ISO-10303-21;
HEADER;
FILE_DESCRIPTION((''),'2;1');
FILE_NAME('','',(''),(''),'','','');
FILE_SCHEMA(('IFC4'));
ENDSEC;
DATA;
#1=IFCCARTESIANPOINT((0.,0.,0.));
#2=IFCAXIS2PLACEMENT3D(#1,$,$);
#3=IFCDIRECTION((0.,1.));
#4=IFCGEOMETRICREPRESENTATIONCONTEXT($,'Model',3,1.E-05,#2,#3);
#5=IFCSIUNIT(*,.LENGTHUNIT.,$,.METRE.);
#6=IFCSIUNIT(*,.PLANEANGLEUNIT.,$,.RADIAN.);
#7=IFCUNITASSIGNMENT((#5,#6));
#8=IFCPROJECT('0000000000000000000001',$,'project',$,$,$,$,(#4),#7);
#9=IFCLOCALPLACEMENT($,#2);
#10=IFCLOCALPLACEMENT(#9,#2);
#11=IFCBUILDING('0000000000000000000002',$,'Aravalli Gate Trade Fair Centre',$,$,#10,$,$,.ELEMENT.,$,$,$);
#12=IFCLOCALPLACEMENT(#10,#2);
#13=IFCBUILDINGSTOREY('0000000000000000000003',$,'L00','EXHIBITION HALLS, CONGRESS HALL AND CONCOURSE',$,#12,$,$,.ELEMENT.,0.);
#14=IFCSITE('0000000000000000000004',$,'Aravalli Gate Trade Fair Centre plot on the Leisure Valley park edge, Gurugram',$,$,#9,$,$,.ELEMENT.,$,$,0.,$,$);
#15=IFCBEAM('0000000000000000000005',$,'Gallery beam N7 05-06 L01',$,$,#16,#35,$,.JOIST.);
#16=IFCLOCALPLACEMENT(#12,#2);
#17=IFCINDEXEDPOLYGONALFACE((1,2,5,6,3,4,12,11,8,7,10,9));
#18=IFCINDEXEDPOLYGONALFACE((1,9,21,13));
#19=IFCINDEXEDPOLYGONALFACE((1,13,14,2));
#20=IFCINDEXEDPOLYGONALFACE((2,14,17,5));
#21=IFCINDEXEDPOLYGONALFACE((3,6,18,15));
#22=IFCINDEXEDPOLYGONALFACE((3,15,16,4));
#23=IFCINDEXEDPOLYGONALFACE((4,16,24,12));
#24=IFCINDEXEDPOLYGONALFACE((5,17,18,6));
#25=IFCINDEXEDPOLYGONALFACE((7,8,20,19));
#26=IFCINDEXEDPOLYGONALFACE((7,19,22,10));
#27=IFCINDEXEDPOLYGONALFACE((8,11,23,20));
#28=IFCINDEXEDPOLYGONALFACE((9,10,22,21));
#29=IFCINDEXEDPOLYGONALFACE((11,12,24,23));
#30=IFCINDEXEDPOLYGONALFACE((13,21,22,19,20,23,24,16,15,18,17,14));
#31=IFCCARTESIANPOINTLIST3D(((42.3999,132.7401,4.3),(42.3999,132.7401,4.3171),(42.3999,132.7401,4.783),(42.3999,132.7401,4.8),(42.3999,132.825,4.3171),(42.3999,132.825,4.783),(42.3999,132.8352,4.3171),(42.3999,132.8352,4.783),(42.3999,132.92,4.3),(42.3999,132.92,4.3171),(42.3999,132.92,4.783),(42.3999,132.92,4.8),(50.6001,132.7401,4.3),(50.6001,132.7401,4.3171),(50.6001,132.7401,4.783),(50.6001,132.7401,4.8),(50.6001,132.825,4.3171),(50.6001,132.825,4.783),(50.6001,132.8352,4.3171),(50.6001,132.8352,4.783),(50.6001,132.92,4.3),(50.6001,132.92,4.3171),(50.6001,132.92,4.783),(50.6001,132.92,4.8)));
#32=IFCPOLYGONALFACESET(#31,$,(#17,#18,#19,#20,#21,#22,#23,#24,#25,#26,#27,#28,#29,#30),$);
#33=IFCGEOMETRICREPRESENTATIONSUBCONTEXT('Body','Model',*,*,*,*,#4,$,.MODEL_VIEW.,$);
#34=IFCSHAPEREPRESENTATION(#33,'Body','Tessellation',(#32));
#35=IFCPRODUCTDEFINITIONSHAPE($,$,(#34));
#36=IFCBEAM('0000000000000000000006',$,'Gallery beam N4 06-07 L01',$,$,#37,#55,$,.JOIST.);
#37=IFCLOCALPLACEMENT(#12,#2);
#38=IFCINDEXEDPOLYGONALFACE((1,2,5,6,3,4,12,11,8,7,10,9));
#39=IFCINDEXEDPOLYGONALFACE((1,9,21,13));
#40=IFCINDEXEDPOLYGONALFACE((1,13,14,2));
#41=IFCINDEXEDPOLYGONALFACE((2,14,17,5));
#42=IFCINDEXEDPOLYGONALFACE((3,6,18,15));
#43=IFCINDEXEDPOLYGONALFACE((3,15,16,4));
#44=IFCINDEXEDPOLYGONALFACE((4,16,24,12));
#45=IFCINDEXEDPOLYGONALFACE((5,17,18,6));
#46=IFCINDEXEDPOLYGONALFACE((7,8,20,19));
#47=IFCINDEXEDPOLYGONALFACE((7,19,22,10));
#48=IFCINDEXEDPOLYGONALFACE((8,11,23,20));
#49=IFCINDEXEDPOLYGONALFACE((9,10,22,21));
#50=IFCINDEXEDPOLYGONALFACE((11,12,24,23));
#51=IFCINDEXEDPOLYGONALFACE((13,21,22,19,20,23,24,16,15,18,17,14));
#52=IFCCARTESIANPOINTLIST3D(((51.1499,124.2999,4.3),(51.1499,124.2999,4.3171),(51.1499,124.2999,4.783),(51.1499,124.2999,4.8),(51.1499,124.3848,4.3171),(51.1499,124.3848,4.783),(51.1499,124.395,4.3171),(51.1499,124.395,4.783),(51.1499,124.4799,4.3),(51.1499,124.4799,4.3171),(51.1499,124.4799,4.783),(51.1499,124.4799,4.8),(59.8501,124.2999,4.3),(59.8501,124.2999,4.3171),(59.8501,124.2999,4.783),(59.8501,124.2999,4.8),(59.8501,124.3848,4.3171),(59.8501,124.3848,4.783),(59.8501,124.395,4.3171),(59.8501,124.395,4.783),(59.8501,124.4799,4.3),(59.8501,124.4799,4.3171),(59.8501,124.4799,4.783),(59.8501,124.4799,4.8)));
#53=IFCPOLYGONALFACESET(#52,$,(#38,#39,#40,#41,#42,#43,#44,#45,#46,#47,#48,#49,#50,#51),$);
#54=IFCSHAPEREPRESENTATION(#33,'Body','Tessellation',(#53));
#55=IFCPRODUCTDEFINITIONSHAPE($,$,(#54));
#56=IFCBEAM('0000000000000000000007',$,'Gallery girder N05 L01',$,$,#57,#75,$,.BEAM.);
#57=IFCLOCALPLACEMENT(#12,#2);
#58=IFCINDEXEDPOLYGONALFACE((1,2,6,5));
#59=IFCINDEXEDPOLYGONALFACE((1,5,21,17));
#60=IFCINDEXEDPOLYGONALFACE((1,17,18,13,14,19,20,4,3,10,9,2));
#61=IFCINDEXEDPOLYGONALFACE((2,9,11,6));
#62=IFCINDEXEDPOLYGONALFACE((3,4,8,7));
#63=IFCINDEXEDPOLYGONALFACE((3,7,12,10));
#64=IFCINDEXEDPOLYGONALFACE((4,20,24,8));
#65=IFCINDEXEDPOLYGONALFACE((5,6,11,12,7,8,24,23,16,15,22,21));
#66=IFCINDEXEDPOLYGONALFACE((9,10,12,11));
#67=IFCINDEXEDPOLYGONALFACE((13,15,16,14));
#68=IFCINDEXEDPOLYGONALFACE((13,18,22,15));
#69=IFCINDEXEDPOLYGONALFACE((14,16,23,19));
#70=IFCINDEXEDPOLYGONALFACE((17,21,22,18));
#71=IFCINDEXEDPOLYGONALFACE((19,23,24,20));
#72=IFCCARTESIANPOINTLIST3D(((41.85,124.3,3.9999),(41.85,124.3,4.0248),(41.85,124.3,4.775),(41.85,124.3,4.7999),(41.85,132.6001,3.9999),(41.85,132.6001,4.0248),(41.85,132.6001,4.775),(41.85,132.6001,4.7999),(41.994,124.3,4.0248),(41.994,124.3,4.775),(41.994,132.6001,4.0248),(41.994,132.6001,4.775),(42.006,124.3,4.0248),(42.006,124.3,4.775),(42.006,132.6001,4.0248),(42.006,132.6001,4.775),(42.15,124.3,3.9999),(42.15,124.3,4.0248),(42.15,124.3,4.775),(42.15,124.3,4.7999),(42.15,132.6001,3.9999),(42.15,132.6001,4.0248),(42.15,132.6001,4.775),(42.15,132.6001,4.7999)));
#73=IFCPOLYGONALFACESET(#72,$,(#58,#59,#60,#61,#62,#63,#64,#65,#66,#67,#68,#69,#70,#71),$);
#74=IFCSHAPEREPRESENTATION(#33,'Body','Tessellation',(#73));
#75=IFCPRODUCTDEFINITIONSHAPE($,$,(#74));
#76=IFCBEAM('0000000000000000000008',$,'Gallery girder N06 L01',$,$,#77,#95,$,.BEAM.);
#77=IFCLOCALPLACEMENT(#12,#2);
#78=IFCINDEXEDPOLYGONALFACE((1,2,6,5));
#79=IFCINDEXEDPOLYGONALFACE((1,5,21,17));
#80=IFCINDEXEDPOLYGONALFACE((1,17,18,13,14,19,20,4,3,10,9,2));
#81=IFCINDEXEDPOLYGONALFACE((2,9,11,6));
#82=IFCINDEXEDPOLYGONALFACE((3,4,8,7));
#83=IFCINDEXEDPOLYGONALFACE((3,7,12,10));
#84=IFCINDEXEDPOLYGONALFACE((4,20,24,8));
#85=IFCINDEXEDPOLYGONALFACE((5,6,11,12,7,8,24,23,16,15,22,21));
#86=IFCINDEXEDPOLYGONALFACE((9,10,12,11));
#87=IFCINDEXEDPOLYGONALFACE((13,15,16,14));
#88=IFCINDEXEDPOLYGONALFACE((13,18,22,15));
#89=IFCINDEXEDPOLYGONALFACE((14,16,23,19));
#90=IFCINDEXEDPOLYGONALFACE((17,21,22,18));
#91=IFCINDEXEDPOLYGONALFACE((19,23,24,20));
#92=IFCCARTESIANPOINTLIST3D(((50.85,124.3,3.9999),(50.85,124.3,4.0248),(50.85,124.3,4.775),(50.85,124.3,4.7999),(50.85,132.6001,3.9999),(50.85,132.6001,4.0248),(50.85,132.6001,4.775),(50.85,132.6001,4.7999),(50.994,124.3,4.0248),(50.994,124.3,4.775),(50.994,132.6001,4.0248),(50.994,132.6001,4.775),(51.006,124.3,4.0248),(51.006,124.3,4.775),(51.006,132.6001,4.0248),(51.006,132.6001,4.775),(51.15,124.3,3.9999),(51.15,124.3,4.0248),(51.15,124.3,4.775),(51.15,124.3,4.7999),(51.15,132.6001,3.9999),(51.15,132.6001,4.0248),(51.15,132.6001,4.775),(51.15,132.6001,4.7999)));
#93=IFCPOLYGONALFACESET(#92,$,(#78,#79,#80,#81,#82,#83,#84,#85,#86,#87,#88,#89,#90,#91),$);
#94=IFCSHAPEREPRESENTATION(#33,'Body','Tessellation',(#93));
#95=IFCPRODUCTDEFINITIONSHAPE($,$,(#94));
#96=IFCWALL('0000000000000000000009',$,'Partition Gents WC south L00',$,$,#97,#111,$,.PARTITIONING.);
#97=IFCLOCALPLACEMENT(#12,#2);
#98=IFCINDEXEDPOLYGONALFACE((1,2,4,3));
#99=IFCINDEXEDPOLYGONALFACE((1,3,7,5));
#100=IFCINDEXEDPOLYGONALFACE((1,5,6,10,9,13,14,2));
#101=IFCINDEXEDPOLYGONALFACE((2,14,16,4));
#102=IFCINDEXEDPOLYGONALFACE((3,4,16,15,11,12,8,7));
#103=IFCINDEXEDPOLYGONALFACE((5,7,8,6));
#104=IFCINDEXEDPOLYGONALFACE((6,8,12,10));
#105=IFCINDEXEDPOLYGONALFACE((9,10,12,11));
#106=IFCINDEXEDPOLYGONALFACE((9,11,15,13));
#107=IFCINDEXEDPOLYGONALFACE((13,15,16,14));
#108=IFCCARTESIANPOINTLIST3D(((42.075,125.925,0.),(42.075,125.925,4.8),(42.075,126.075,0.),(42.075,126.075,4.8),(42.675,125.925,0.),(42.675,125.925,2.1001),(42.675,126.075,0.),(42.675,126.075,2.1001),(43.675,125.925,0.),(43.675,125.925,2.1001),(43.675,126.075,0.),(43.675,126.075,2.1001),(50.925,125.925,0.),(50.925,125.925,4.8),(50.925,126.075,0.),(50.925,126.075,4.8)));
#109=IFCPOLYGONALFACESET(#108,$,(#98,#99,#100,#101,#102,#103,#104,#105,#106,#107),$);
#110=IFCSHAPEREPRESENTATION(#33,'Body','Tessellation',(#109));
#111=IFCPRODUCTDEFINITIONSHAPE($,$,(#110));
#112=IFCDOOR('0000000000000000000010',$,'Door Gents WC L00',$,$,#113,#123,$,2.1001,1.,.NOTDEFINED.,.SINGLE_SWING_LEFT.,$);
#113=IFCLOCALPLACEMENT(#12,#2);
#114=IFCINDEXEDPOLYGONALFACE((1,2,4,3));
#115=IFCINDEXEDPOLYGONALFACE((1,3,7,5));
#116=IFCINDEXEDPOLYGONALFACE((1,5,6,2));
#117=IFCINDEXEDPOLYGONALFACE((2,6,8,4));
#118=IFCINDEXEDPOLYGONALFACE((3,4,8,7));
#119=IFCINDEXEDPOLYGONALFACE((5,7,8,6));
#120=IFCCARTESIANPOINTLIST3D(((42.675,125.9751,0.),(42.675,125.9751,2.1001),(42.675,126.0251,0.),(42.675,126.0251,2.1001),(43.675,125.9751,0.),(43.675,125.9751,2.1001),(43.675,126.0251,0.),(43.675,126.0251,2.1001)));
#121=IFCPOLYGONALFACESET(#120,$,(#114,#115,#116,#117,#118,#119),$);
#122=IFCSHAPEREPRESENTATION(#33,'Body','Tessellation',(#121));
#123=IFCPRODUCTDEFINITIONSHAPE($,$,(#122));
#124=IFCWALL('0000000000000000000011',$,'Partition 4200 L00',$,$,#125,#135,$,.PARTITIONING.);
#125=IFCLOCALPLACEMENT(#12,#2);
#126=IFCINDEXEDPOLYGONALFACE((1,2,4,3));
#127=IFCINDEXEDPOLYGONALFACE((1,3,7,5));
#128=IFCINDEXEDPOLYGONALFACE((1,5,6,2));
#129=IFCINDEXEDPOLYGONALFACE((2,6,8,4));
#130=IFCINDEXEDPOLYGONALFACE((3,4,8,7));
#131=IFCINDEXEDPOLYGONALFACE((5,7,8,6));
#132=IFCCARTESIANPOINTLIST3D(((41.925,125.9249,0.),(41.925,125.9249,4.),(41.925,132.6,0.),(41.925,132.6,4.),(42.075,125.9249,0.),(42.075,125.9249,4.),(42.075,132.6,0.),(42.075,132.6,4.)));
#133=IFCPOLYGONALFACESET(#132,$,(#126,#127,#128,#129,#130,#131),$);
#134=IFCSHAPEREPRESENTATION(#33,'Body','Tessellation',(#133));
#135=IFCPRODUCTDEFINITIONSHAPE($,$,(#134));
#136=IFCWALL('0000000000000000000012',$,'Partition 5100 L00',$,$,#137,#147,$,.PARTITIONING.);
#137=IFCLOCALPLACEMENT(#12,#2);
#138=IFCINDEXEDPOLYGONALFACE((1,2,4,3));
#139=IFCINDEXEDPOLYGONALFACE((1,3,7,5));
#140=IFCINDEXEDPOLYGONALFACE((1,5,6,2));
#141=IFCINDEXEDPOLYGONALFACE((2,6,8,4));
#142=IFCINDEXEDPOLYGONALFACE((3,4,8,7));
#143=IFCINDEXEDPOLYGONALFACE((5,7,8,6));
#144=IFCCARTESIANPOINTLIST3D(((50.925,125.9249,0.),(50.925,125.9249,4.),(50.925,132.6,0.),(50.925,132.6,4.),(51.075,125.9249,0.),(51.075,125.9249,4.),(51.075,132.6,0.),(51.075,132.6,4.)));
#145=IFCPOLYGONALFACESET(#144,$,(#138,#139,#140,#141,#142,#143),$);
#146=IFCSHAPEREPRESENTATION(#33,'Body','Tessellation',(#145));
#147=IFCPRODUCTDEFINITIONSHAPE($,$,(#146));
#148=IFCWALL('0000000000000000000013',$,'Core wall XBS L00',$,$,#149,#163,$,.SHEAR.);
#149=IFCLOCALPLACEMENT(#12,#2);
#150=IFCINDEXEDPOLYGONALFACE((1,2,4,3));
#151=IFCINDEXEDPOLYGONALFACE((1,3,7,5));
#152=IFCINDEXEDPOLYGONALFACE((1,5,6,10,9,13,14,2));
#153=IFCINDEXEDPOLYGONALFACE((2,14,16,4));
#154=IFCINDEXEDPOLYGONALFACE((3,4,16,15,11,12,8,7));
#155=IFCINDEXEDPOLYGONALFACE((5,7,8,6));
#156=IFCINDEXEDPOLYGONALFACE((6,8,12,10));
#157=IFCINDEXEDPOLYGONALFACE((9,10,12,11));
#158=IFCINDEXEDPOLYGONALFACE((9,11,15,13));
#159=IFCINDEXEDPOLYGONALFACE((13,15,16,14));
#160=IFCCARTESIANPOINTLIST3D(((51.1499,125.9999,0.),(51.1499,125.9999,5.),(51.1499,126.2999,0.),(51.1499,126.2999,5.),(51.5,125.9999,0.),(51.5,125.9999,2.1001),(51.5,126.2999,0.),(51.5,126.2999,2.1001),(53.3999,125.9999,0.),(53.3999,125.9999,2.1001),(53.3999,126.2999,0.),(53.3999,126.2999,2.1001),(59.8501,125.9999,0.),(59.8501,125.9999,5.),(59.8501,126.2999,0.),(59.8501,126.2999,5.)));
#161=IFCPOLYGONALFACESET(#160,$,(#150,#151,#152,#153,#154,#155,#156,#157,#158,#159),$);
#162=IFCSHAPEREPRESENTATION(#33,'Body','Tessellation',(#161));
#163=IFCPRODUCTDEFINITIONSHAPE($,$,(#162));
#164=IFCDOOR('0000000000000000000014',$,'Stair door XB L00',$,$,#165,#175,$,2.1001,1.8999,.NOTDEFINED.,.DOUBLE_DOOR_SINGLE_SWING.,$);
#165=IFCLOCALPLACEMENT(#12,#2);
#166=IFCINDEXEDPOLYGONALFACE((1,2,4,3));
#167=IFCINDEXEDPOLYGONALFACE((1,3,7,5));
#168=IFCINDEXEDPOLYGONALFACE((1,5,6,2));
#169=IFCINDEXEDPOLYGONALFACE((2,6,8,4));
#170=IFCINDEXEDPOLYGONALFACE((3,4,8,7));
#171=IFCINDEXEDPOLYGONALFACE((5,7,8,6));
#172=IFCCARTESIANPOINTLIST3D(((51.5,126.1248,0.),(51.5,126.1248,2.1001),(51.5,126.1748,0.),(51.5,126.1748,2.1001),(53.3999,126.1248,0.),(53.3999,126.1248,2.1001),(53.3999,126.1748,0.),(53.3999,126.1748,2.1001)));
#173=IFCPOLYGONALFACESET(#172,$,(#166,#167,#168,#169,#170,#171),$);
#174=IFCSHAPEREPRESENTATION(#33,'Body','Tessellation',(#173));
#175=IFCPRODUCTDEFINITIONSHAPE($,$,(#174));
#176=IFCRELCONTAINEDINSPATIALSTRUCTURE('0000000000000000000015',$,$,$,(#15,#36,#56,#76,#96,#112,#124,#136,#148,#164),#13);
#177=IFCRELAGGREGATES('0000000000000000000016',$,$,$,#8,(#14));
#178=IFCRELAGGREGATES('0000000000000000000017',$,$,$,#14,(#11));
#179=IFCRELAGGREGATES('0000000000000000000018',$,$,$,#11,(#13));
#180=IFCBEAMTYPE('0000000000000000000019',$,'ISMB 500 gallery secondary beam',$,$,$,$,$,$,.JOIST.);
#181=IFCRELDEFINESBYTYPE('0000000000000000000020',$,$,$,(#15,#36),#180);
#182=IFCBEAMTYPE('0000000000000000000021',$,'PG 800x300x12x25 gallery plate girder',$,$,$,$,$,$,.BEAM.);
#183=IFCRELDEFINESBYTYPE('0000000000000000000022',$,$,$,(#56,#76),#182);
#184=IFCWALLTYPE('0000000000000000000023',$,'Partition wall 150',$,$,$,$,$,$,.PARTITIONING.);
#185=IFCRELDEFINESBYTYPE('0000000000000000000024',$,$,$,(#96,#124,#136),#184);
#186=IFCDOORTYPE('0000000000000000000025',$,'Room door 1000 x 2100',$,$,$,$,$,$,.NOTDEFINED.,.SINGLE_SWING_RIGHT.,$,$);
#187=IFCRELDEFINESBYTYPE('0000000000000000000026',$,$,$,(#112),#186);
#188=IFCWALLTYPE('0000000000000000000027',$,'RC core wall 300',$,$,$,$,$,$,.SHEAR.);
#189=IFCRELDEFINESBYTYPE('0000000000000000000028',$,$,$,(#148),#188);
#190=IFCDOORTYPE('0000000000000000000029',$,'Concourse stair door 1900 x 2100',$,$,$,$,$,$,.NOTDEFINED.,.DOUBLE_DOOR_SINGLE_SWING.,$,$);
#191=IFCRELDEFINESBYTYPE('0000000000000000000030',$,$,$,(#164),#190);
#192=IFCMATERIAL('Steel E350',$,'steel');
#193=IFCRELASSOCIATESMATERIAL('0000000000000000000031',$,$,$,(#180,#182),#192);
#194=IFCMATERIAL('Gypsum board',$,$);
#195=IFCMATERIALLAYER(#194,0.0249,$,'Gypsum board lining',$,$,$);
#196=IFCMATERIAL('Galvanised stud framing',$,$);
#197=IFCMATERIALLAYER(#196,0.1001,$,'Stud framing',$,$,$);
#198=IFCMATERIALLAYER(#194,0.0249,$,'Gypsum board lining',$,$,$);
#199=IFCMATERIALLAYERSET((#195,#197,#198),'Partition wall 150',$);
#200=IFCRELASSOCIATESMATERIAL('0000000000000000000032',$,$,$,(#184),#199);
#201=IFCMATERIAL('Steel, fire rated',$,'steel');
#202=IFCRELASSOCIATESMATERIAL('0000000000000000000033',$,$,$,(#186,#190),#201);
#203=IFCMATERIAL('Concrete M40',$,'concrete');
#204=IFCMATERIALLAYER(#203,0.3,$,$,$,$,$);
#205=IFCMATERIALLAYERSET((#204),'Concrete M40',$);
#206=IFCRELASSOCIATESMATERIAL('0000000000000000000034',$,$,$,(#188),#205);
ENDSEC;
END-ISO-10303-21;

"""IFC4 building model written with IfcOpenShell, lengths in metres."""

from ifc_helpers import new_model, si_unit, direction, frame, frame_2d, origin, origin_2d, place, context, subcontext, project, spatial, rectangle, i_section, extrude, material, layer, layer_set, material_profile, profile_set, type_object, element, fill, save


model = new_model("IFC4")

# Units and contexts
model_context = context("Model", 3, precision=1e-05, world=origin(), true_north=direction((0.0, 1.0)))
body_context = subcontext(model_context, "Body", "Model", "MODEL_VIEW")
ifc_project = project(units=[si_unit("LENGTHUNIT", "METRE"), si_unit("PLANEANGLEUNIT", "RADIAN")], contexts=[model_context])

# Site, building, storey
site_placement = place(None, origin())
site = spatial("IfcSite", under=ifc_project, at=site_placement, Name="Aravalli Gate Trade Fair Centre plot on the Leisure Valley park edge, Gurugram", CompositionType="ELEMENT", RefElevation=0.0)
building_placement = place(site_placement, origin())
building = spatial("IfcBuilding", under=site, at=building_placement, Name="Aravalli Gate Trade Fair Centre", CompositionType="ELEMENT")
storey_placement = place(building_placement, origin())
storey = spatial("IfcBuildingStorey", under=building, at=storey_placement, Name="L00", Description="EXHIBITION HALLS, CONGRESS HALL AND CONCOURSE", CompositionType="ELEMENT", Elevation=0.0)

# Beams
ifc_material_1 = material(Name="Steel E350", Category="steel")
ifc_material_profile_1 = material_profile(ifc_material_1, i_section(OverallWidth=0.1799, OverallDepth=0.5, WebThickness=0.0103, FlangeThickness=0.0171, at=origin_2d()), Name="ISMB 500")
ifc_profile_set_1 = profile_set([ifc_material_profile_1], Name="Steel E350")
beam_type_1 = type_object("IfcBeamType", Name="ISMB 500 gallery secondary beam", PredefinedType="JOIST", material=ifc_profile_set_1)
beam_1_placement = place(storey_placement, frame((42.3999, 132.8301, 4.55), z_axis=(1.0, 0.0, 0.0), x_axis=(0.0, 1.0, 0.0)))
element("IfcBeam", 1, at=beam_1_placement, inside=storey, type_object=beam_type_1, Name="Gallery beam N7 05-06 L01", PredefinedType="JOIST", context=body_context, shape_type="SweptSolid", body=[
    extrude(i_section(OverallWidth=0.1799, OverallDepth=0.5, WebThickness=0.0103, FlangeThickness=0.0171, at=origin_2d()), origin(), (0.0, 0.0, 1.0), 8.2002),
])
beam_2_placement = place(storey_placement, frame((51.1499, 124.3899, 4.55), z_axis=(1.0, 0.0, 0.0), x_axis=(0.0, 1.0, 0.0)))
element("IfcBeam", 2, at=beam_2_placement, inside=storey, type_object=beam_type_1, Name="Gallery beam N4 06-07 L01", PredefinedType="JOIST", context=body_context, shape_type="SweptSolid", body=[
    extrude(i_section(OverallWidth=0.1799, OverallDepth=0.5, WebThickness=0.0103, FlangeThickness=0.0171, at=origin_2d()), origin(), (0.0, 0.0, 1.0), 8.7002),
])
ifc_material_profile_2 = material_profile(ifc_material_1, i_section(OverallWidth=0.3, OverallDepth=0.8, WebThickness=0.012, FlangeThickness=0.0249, at=origin_2d()), Name="PG 800x300x12x25")
ifc_profile_set_2 = profile_set([ifc_material_profile_2], Name="Steel E350")
beam_type_2 = type_object("IfcBeamType", Name="PG 800x300x12x25 gallery plate girder", PredefinedType="BEAM", material=ifc_profile_set_2)
for number, where, z_axis, x_axis, name in (
    (3, (42.0, 124.3, 4.3999), (0.0, 1.0, 0.0), (-1.0, 0.0, 0.0), "Gallery girder N05 L01"),
    (4, (51.0, 124.3, 4.3999), (0.0, 1.0, 0.0), (-1.0, 0.0, 0.0), "Gallery girder N06 L01"),
):
    element("IfcBeam", number, at=place(storey_placement, frame(where, z_axis=z_axis, x_axis=x_axis)), inside=storey, type_object=beam_type_2, Name=name, PredefinedType="BEAM", context=body_context, shape_type="SweptSolid", body=[
        extrude(i_section(OverallWidth=0.3, OverallDepth=0.8, WebThickness=0.012, FlangeThickness=0.0249, at=origin_2d()), origin(), (0.0, 0.0, 1.0), 8.3),
    ])

# Wall, opening, door
ifc_material_2 = material(Name="Gypsum board")
ifc_layer_1 = layer(ifc_material_2, 0.0249, Name="Gypsum board lining")
ifc_material_3 = material(Name="Galvanised stud framing")
ifc_layer_2 = layer(ifc_material_3, 0.1001, Name="Stud framing")
ifc_layer_3 = layer(ifc_material_2, 0.0249, Name="Gypsum board lining")
ifc_layer_set_1 = layer_set([ifc_layer_1, ifc_layer_2, ifc_layer_3], Name="Partition wall 150")
wall_type_1 = type_object("IfcWallType", Name="Partition wall 150", PredefinedType="PARTITIONING", material=ifc_layer_set_1)
wall_1_placement = place(storey_placement, frame((42.075, 126.0, 0.0), z_axis=(0.0, 0.0, 1.0), x_axis=(1.0, 0.0, 0.0)))
wall_1 = element("IfcWall", 5, at=wall_1_placement, inside=storey, type_object=wall_type_1, Name="Partition Gents WC south L00", PredefinedType="PARTITIONING", context=body_context, shape_type="SweptSolid", body=[
    extrude(rectangle(XDim=8.8501, YDim=0.1499, at=frame_2d((4.425, 0.0))), origin(), (0.0, 0.0, 1.0), 4.8),
])
opening_1_placement = place(wall_1_placement, frame((0.6001, 0.0, 0.0)))
opening_1 = element("IfcOpeningElement", 6, at=opening_1_placement, cuts=wall_1, PredefinedType="OPENING", context=body_context, shape_type="SweptSolid", body=[
    extrude(rectangle(XDim=1.0, YDim=2.1001, at=frame_2d((0.5, 1.05))), frame((0.0, 0.085, 0.0), z_axis=(0.0, -1.0, 0.0), x_axis=(1.0, 0.0, 0.0)), (0.0, 0.0, 1.0), 0.1699),
])
ifc_material_4 = material(Name="Steel, fire rated", Category="steel")
door_type_1 = type_object("IfcDoorType", Name="Room door 1000 x 2100", OperationType="SINGLE_SWING_RIGHT", PredefinedType="NOTDEFINED", material=ifc_material_4)
door_1_placement = place(opening_1_placement, frame((1.0, 0.0, 0.0), z_axis=(0.0, 0.0, 1.0), x_axis=(-1.0, 0.0, 0.0)))
door_1 = element("IfcDoor", 7, at=door_1_placement, inside=storey, type_object=door_type_1, Name="Door Gents WC L00", OperationType="SINGLE_SWING_LEFT", OverallHeight=2.1001, OverallWidth=1.0, PredefinedType="NOTDEFINED", context=body_context, shape_type="SweptSolid", body=[
    extrude(rectangle(XDim=1.0, YDim=2.1001, at=frame_2d((0.5, 1.05))), frame((0.0, 0.0249, 0.0), z_axis=(0.0, -1.0, 0.0), x_axis=(1.0, 0.0, 0.0)), (0.0, 0.0, 1.0), 0.05),
])
fill(opening_1, door_1)

# Walls
for number, where, z_axis, x_axis, name in (
    (8, (42.0, 125.925, 0.0), (0.0, 0.0, 1.0), (0.0, 1.0, 0.0), "Partition 4200 L00"),
    (9, (51.0, 125.925, 0.0), (0.0, 0.0, 1.0), (0.0, 1.0, 0.0), "Partition 5100 L00"),
):
    element("IfcWall", number, at=place(storey_placement, frame(where, z_axis=z_axis, x_axis=x_axis)), inside=storey, type_object=wall_type_1, Name=name, PredefinedType="PARTITIONING", context=body_context, shape_type="SweptSolid", body=[
        extrude(rectangle(XDim=6.675, YDim=0.1499, at=frame_2d((3.3374, 0.0))), origin(), (0.0, 0.0, 1.0), 4.0),
    ])

# Wall, opening, door
ifc_material_5 = material(Name="Concrete M40", Category="concrete")
ifc_layer_4 = layer(ifc_material_5, 0.3)
ifc_layer_set_2 = layer_set([ifc_layer_4], Name="Concrete M40")
wall_type_2 = type_object("IfcWallType", Name="RC core wall 300", PredefinedType="SHEAR", material=ifc_layer_set_2)
wall_2_placement = place(storey_placement, frame((51.1499, 126.1499, 0.0), z_axis=(0.0, 0.0, 1.0), x_axis=(1.0, 0.0, 0.0)))
wall_2 = element("IfcWall", 10, at=wall_2_placement, inside=storey, type_object=wall_type_2, Name="Core wall XBS L00", PredefinedType="SHEAR", context=body_context, shape_type="SweptSolid", body=[
    extrude(rectangle(XDim=8.7002, YDim=0.3, at=frame_2d((4.3501, 0.0))), origin(), (0.0, 0.0, 1.0), 5.0),
])
opening_2_placement = place(wall_2_placement, frame((0.3501, 0.0, 0.0)))
opening_2 = element("IfcOpeningElement", 11, at=opening_2_placement, cuts=wall_2, PredefinedType="OPENING", context=body_context, shape_type="SweptSolid", body=[
    extrude(rectangle(XDim=1.8999, YDim=2.1001, at=frame_2d((0.95, 1.05))), frame((0.0, 0.1599, 0.0), z_axis=(0.0, -1.0, 0.0), x_axis=(1.0, 0.0, 0.0)), (0.0, 0.0, 1.0), 0.3201),
])
door_type_2 = type_object("IfcDoorType", Name="Concourse stair door 1900 x 2100", OperationType="DOUBLE_DOOR_SINGLE_SWING", PredefinedType="NOTDEFINED", material=ifc_material_4)
door_2_placement = place(opening_2_placement, origin())
door_2 = element("IfcDoor", 12, at=door_2_placement, inside=storey, type_object=door_type_2, Name="Stair door XB L00", OperationType="DOUBLE_DOOR_SINGLE_SWING", OverallHeight=2.1001, OverallWidth=1.8999, PredefinedType="NOTDEFINED", context=body_context, shape_type="SweptSolid", body=[
    extrude(rectangle(XDim=1.8999, YDim=2.1001, at=frame_2d((0.95, 1.05))), frame((0.0, 0.0249, 0.0), z_axis=(0.0, -1.0, 0.0), x_axis=(1.0, 0.0, 0.0)), (0.0, 0.0, 1.0), 0.05),
])
fill(opening_2, door_2)

save(model, "model.ifc")
